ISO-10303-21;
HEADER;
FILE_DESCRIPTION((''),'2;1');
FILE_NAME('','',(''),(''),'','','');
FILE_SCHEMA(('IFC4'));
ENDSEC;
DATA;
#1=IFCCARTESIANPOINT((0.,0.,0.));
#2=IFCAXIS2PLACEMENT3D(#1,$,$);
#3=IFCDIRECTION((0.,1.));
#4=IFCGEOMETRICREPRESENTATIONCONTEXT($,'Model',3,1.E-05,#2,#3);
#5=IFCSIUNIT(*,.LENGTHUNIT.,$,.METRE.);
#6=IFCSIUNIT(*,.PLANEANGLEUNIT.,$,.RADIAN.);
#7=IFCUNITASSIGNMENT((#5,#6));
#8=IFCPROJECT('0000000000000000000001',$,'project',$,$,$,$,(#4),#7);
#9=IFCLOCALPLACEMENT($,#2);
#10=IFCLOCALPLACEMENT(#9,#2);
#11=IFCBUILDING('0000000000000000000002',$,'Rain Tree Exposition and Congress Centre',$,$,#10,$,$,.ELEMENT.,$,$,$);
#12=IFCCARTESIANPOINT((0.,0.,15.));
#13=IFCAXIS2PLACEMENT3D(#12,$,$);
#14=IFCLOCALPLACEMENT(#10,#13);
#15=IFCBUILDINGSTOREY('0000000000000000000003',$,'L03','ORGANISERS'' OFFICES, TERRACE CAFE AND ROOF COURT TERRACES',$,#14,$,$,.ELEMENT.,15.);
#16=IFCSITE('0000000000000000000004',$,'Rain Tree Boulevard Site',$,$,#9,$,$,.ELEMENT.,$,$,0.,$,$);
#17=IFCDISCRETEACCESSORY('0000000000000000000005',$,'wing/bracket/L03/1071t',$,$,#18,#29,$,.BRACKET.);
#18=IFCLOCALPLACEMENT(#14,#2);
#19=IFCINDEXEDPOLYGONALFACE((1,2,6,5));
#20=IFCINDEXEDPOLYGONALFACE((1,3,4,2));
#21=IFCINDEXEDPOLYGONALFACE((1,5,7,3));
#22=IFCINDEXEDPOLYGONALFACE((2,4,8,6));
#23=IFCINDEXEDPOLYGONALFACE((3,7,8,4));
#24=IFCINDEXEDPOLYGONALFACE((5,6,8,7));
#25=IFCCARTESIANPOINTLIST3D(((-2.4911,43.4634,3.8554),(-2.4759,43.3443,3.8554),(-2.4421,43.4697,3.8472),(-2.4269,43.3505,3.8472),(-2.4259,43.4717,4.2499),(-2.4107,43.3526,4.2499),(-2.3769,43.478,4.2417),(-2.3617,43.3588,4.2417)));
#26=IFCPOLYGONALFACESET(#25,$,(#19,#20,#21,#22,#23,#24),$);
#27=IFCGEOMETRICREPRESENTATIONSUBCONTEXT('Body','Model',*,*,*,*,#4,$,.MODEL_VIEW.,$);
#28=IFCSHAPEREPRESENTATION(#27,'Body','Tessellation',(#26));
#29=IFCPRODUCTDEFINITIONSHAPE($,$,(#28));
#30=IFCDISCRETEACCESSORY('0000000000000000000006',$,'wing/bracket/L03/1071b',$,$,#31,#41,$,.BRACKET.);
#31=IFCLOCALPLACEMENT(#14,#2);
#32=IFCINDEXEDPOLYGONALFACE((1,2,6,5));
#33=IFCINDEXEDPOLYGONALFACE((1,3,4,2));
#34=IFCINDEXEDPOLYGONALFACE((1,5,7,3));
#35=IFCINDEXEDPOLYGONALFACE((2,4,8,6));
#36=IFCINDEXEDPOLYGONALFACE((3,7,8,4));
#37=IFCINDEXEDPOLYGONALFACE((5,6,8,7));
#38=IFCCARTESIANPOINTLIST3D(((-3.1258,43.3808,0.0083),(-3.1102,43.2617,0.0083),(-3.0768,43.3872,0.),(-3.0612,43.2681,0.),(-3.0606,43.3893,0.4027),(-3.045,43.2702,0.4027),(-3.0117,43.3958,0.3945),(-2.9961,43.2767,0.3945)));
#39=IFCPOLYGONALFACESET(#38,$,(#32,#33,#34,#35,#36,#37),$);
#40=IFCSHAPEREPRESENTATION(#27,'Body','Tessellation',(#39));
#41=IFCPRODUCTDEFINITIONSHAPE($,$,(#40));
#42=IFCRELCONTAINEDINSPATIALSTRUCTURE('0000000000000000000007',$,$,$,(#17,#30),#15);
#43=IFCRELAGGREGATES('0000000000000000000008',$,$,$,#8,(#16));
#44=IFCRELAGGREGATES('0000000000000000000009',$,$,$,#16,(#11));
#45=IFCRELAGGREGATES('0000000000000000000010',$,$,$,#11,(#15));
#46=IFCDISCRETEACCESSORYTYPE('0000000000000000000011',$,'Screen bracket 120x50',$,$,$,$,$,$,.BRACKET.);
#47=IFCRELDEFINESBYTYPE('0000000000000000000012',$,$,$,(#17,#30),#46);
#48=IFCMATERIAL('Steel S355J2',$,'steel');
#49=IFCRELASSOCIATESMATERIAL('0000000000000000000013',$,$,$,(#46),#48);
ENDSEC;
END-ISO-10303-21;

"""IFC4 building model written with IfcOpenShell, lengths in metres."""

from ifc_helpers import new_model, si_unit, direction, frame, origin, origin_2d, place, context, subcontext, project, spatial, rectangle, extrude, material, material_profile, profile_set, type_object, element, save


model = new_model("IFC4")

# Units and contexts
model_context = context("Model", 3, precision=1e-05, world=origin(), true_north=direction((0.0, 1.0)))
body_context = subcontext(model_context, "Body", "Model", "MODEL_VIEW")
ifc_project = project(units=[si_unit("LENGTHUNIT", "METRE"), si_unit("PLANEANGLEUNIT", "RADIAN")], contexts=[model_context])

# Site, building, storey
site_placement = place(None, origin())
site = spatial("IfcSite", under=ifc_project, at=site_placement, Name="Rain Tree Boulevard Site", CompositionType="ELEMENT", RefElevation=0.0)
building_placement = place(site_placement, origin())
building = spatial("IfcBuilding", under=site, at=building_placement, Name="Rain Tree Exposition and Congress Centre", CompositionType="ELEMENT")
storey_placement = place(building_placement, frame((0.0, 0.0, 15.0)))
storey = spatial("IfcBuildingStorey", under=building, at=storey_placement, Name="L03", Description="ORGANISERS' OFFICES, TERRACE CAFE AND ROOF COURT TERRACES", CompositionType="ELEMENT", Elevation=15.0)

# Discrete accessories
ifc_material_1 = material(Name="Steel S355J2", Category="steel")
ifc_material_profile_1 = material_profile(ifc_material_1, rectangle(XDim=0.1201, YDim=0.05, at=origin_2d()), Name="Flat bar 120x50")
ifc_profile_set_1 = profile_set([ifc_material_profile_1], Name="Steel S355J2")
discrete_accessory_type = type_object("IfcDiscreteAccessoryType", Name="Screen bracket 120x50", PredefinedType="BRACKET", material=ifc_profile_set_1)
for number, where, z_axis, x_axis, name in (
    (1, (-2.459, 43.407, 3.8513), (0.162978, 0.020754, 0.986411), (-0.126321, 0.991989, 0.0), "wing/bracket/L03/1071t"),
    (2, (-3.0935, 43.3245, 0.0042), (0.162976, 0.021364, 0.986399), (-0.129974, 0.991517, 0.0), "wing/bracket/L03/1071b"),
):
    element("IfcDiscreteAccessory", number, at=place(storey_placement, frame(where, z_axis=z_axis, x_axis=x_axis)), inside=storey, type_object=discrete_accessory_type, Name=name, PredefinedType="BRACKET", context=body_context, shape_type="SweptSolid", body=[
        extrude(rectangle(XDim=0.1201, YDim=0.05, at=origin_2d()), origin(), (0.0, 0.0, 1.0), 0.3999),
    ])

save(model, "model.ifc")
